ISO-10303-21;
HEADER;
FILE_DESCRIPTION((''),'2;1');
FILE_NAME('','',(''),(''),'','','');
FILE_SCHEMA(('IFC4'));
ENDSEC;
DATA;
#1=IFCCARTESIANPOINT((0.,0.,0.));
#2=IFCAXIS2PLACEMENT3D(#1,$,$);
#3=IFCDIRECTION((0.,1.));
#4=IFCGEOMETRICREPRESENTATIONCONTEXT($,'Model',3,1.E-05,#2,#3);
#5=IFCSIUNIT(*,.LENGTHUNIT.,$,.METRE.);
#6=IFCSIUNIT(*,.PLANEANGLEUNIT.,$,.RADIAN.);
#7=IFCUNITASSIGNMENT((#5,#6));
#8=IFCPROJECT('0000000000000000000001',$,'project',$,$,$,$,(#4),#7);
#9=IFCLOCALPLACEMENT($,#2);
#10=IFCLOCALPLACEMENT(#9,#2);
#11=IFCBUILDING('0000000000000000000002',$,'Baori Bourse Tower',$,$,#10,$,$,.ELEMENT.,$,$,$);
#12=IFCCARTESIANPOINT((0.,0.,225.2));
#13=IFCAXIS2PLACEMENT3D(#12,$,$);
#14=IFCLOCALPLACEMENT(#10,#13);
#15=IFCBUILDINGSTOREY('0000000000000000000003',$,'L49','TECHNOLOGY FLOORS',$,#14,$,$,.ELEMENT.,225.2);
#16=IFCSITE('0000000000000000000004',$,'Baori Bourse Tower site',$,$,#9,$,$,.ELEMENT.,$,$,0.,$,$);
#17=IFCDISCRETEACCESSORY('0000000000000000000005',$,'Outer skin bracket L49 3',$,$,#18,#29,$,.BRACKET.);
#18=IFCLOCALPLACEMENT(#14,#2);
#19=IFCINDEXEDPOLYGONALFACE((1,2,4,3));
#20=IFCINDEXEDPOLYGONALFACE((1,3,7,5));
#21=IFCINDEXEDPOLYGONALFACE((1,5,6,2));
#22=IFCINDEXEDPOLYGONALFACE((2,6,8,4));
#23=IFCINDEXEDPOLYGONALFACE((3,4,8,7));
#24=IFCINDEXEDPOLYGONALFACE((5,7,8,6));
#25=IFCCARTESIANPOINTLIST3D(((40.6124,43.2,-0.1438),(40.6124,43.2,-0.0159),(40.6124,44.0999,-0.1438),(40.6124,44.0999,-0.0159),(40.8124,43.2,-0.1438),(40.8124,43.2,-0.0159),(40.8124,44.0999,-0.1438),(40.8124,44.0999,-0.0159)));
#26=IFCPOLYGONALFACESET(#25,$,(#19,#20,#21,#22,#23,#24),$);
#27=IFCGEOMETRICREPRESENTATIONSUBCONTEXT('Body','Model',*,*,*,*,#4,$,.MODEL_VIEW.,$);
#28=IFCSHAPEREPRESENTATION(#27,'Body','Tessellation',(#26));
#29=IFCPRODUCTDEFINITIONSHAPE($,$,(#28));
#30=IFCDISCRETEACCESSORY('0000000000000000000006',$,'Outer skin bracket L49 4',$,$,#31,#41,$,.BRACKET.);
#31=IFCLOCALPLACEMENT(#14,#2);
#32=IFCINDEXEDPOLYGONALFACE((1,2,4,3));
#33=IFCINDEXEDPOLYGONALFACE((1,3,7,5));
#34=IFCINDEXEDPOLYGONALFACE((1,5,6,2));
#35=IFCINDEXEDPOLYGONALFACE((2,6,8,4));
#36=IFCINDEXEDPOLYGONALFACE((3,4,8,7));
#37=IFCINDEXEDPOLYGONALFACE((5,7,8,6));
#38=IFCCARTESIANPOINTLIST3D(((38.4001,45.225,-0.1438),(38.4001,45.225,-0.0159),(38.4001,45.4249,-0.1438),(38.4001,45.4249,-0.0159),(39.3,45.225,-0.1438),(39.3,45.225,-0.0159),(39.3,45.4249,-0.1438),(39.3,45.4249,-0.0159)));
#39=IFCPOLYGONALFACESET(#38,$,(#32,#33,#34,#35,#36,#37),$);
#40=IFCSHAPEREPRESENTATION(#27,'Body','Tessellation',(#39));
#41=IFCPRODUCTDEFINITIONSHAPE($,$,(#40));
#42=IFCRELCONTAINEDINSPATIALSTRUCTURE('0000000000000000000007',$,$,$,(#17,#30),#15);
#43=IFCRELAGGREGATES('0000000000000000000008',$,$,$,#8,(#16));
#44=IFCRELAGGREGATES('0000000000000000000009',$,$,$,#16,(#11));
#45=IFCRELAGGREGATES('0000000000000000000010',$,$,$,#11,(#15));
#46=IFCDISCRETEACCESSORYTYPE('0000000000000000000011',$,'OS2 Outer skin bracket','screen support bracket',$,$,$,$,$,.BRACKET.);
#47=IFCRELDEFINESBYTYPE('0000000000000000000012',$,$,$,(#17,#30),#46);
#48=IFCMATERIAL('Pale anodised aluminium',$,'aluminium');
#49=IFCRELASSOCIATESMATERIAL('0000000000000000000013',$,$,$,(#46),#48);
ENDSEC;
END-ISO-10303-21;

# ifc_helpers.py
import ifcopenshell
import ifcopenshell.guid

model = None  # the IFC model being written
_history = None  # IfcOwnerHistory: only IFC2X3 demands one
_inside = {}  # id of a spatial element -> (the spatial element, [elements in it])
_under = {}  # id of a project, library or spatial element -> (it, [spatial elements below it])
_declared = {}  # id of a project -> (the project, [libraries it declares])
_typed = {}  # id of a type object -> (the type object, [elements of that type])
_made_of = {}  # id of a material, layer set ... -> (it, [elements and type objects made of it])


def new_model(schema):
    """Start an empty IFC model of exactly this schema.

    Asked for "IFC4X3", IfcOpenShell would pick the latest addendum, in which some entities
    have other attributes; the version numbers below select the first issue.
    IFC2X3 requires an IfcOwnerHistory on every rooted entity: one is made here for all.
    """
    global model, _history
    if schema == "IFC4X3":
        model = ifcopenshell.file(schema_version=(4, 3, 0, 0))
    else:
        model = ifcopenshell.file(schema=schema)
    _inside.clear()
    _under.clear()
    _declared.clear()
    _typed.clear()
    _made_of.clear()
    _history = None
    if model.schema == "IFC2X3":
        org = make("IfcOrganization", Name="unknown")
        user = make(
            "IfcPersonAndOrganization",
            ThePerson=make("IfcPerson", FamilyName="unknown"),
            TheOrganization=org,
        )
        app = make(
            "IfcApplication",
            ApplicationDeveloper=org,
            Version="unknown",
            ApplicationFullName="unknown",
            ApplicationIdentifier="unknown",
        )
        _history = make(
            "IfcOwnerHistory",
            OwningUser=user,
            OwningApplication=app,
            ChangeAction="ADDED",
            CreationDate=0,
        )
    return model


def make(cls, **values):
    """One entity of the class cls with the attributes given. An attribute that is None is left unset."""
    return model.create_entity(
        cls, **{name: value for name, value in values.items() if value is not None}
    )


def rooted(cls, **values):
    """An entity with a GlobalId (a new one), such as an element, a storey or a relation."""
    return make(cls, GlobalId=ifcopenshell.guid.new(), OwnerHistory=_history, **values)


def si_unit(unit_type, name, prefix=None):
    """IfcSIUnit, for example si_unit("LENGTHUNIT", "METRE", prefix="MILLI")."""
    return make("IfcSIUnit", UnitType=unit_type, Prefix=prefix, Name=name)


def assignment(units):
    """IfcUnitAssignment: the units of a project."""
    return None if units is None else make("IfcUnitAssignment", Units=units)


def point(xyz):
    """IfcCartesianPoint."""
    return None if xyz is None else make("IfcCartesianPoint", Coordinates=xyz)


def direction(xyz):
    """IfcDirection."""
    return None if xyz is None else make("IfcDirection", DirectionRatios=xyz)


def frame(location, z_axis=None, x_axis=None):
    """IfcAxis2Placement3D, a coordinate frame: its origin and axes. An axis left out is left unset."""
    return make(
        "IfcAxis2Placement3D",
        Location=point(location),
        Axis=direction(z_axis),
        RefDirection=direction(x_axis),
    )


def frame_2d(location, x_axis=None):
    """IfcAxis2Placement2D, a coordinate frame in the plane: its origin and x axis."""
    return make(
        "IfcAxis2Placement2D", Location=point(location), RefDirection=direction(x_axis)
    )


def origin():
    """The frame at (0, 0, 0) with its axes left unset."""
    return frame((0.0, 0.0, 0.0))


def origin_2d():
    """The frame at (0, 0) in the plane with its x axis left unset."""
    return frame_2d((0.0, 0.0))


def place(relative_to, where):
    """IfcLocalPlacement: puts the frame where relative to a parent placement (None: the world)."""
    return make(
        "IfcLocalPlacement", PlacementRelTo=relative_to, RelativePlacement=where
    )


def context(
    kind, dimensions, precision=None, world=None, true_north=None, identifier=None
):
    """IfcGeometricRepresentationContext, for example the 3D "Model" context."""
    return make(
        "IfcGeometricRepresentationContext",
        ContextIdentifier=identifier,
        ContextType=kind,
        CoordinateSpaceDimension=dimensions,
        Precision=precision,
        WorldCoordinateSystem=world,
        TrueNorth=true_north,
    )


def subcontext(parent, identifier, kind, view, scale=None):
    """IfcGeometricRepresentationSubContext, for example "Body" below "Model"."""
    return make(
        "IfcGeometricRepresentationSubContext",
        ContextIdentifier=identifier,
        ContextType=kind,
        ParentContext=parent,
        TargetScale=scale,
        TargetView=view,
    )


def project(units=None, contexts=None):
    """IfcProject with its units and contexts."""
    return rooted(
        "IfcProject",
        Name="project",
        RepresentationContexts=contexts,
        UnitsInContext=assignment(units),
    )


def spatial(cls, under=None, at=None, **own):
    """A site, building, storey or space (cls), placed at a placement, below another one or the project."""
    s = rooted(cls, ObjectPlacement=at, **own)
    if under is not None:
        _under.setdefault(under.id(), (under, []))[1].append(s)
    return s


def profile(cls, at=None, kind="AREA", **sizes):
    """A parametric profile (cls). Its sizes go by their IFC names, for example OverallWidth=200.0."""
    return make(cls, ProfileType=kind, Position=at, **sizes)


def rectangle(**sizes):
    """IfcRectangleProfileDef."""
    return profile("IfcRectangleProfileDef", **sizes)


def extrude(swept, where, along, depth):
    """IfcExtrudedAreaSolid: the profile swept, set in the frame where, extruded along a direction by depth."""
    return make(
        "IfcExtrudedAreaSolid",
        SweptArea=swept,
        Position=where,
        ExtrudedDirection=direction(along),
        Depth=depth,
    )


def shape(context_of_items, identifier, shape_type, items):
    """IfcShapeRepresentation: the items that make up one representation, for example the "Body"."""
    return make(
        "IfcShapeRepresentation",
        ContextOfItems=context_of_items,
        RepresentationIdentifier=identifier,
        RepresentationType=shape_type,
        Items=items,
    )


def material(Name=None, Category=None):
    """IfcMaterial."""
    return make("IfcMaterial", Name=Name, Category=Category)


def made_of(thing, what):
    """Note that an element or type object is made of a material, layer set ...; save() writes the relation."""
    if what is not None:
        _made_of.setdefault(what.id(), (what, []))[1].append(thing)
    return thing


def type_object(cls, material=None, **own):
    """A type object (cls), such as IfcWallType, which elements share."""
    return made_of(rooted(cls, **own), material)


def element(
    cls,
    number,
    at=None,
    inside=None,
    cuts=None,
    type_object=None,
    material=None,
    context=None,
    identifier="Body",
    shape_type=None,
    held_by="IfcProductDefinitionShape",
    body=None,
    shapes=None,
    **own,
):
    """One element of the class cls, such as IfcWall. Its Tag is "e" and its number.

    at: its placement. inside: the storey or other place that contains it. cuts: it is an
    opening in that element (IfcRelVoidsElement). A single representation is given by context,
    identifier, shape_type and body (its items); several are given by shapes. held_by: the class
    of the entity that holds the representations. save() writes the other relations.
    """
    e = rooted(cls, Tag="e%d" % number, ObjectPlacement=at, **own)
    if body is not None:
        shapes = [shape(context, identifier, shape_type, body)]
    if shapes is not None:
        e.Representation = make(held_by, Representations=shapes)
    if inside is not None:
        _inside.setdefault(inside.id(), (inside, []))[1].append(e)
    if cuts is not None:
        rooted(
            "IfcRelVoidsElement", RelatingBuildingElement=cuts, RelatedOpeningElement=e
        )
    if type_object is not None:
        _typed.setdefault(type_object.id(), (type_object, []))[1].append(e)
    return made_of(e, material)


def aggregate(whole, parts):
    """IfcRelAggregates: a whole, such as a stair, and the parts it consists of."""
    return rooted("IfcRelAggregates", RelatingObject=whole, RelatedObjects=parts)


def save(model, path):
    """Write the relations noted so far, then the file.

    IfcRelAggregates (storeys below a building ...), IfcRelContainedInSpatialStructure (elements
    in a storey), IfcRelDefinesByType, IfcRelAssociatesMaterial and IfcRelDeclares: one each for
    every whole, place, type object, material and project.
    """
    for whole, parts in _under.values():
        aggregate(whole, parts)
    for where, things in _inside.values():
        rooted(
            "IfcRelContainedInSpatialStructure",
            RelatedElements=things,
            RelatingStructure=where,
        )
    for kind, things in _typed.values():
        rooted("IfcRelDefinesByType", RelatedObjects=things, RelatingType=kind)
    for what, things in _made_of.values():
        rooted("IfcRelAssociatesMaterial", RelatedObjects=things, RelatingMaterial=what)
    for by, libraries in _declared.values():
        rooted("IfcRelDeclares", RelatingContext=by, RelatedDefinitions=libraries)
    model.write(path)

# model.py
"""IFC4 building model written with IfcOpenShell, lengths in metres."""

from ifc_helpers import new_model, si_unit, direction, frame, origin, origin_2d, place, context, subcontext, project, spatial, rectangle, extrude, material, type_object, element, save


model = new_model("IFC4")

# Units and contexts
model_context = context("Model", 3, precision=1e-05, world=origin(), true_north=direction((0.0, 1.0)))
body_context = subcontext(model_context, "Body", "Model", "MODEL_VIEW")
ifc_project = project(units=[si_unit("LENGTHUNIT", "METRE"), si_unit("PLANEANGLEUNIT", "RADIAN")], contexts=[model_context])

# Site, building, storey
site_placement = place(None, origin())
site = spatial("IfcSite", under=ifc_project, at=site_placement, Name="Baori Bourse Tower site", CompositionType="ELEMENT", RefElevation=0.0)
building_placement = place(site_placement, origin())
building = spatial("IfcBuilding", under=site, at=building_placement, Name="Baori Bourse Tower", CompositionType="ELEMENT")
storey_placement = place(building_placement, frame((0.0, 0.0, 225.2)))
storey = spatial("IfcBuildingStorey", under=building, at=storey_placement, Name="L49", Description="TECHNOLOGY FLOORS", CompositionType="ELEMENT", Elevation=225.2)

# Discrete accessories
ifc_material_1 = material(Name="Pale anodised aluminium", Category="aluminium")
discrete_accessory_type = type_object("IfcDiscreteAccessoryType", Name="OS2 Outer skin bracket", Description="screen support bracket", PredefinedType="BRACKET", material=ifc_material_1)
for number, where, z_axis, x_axis, name in (
    (1, (40.7124, 43.6499, -0.1438), (0.0, 0.0, 1.0), (-1.0, 0.0, 0.0), "Outer skin bracket L49 3"),
    (2, (38.8501, 45.325, -0.1438), (0.0, 0.0, 1.0), (0.0, 1.0, 0.0), "Outer skin bracket L49 4"),
):
    element("IfcDiscreteAccessory", number, at=place(storey_placement, frame(where, z_axis=z_axis, x_axis=x_axis)), inside=storey, type_object=discrete_accessory_type, Name=name, PredefinedType="BRACKET", context=body_context, shape_type="SweptSolid", body=[
        extrude(rectangle(XDim=0.2, YDim=0.8999, at=origin_2d()), origin(), (0.0, 0.0, 1.0), 0.1279),
    ])

save(model, "model.ifc")
